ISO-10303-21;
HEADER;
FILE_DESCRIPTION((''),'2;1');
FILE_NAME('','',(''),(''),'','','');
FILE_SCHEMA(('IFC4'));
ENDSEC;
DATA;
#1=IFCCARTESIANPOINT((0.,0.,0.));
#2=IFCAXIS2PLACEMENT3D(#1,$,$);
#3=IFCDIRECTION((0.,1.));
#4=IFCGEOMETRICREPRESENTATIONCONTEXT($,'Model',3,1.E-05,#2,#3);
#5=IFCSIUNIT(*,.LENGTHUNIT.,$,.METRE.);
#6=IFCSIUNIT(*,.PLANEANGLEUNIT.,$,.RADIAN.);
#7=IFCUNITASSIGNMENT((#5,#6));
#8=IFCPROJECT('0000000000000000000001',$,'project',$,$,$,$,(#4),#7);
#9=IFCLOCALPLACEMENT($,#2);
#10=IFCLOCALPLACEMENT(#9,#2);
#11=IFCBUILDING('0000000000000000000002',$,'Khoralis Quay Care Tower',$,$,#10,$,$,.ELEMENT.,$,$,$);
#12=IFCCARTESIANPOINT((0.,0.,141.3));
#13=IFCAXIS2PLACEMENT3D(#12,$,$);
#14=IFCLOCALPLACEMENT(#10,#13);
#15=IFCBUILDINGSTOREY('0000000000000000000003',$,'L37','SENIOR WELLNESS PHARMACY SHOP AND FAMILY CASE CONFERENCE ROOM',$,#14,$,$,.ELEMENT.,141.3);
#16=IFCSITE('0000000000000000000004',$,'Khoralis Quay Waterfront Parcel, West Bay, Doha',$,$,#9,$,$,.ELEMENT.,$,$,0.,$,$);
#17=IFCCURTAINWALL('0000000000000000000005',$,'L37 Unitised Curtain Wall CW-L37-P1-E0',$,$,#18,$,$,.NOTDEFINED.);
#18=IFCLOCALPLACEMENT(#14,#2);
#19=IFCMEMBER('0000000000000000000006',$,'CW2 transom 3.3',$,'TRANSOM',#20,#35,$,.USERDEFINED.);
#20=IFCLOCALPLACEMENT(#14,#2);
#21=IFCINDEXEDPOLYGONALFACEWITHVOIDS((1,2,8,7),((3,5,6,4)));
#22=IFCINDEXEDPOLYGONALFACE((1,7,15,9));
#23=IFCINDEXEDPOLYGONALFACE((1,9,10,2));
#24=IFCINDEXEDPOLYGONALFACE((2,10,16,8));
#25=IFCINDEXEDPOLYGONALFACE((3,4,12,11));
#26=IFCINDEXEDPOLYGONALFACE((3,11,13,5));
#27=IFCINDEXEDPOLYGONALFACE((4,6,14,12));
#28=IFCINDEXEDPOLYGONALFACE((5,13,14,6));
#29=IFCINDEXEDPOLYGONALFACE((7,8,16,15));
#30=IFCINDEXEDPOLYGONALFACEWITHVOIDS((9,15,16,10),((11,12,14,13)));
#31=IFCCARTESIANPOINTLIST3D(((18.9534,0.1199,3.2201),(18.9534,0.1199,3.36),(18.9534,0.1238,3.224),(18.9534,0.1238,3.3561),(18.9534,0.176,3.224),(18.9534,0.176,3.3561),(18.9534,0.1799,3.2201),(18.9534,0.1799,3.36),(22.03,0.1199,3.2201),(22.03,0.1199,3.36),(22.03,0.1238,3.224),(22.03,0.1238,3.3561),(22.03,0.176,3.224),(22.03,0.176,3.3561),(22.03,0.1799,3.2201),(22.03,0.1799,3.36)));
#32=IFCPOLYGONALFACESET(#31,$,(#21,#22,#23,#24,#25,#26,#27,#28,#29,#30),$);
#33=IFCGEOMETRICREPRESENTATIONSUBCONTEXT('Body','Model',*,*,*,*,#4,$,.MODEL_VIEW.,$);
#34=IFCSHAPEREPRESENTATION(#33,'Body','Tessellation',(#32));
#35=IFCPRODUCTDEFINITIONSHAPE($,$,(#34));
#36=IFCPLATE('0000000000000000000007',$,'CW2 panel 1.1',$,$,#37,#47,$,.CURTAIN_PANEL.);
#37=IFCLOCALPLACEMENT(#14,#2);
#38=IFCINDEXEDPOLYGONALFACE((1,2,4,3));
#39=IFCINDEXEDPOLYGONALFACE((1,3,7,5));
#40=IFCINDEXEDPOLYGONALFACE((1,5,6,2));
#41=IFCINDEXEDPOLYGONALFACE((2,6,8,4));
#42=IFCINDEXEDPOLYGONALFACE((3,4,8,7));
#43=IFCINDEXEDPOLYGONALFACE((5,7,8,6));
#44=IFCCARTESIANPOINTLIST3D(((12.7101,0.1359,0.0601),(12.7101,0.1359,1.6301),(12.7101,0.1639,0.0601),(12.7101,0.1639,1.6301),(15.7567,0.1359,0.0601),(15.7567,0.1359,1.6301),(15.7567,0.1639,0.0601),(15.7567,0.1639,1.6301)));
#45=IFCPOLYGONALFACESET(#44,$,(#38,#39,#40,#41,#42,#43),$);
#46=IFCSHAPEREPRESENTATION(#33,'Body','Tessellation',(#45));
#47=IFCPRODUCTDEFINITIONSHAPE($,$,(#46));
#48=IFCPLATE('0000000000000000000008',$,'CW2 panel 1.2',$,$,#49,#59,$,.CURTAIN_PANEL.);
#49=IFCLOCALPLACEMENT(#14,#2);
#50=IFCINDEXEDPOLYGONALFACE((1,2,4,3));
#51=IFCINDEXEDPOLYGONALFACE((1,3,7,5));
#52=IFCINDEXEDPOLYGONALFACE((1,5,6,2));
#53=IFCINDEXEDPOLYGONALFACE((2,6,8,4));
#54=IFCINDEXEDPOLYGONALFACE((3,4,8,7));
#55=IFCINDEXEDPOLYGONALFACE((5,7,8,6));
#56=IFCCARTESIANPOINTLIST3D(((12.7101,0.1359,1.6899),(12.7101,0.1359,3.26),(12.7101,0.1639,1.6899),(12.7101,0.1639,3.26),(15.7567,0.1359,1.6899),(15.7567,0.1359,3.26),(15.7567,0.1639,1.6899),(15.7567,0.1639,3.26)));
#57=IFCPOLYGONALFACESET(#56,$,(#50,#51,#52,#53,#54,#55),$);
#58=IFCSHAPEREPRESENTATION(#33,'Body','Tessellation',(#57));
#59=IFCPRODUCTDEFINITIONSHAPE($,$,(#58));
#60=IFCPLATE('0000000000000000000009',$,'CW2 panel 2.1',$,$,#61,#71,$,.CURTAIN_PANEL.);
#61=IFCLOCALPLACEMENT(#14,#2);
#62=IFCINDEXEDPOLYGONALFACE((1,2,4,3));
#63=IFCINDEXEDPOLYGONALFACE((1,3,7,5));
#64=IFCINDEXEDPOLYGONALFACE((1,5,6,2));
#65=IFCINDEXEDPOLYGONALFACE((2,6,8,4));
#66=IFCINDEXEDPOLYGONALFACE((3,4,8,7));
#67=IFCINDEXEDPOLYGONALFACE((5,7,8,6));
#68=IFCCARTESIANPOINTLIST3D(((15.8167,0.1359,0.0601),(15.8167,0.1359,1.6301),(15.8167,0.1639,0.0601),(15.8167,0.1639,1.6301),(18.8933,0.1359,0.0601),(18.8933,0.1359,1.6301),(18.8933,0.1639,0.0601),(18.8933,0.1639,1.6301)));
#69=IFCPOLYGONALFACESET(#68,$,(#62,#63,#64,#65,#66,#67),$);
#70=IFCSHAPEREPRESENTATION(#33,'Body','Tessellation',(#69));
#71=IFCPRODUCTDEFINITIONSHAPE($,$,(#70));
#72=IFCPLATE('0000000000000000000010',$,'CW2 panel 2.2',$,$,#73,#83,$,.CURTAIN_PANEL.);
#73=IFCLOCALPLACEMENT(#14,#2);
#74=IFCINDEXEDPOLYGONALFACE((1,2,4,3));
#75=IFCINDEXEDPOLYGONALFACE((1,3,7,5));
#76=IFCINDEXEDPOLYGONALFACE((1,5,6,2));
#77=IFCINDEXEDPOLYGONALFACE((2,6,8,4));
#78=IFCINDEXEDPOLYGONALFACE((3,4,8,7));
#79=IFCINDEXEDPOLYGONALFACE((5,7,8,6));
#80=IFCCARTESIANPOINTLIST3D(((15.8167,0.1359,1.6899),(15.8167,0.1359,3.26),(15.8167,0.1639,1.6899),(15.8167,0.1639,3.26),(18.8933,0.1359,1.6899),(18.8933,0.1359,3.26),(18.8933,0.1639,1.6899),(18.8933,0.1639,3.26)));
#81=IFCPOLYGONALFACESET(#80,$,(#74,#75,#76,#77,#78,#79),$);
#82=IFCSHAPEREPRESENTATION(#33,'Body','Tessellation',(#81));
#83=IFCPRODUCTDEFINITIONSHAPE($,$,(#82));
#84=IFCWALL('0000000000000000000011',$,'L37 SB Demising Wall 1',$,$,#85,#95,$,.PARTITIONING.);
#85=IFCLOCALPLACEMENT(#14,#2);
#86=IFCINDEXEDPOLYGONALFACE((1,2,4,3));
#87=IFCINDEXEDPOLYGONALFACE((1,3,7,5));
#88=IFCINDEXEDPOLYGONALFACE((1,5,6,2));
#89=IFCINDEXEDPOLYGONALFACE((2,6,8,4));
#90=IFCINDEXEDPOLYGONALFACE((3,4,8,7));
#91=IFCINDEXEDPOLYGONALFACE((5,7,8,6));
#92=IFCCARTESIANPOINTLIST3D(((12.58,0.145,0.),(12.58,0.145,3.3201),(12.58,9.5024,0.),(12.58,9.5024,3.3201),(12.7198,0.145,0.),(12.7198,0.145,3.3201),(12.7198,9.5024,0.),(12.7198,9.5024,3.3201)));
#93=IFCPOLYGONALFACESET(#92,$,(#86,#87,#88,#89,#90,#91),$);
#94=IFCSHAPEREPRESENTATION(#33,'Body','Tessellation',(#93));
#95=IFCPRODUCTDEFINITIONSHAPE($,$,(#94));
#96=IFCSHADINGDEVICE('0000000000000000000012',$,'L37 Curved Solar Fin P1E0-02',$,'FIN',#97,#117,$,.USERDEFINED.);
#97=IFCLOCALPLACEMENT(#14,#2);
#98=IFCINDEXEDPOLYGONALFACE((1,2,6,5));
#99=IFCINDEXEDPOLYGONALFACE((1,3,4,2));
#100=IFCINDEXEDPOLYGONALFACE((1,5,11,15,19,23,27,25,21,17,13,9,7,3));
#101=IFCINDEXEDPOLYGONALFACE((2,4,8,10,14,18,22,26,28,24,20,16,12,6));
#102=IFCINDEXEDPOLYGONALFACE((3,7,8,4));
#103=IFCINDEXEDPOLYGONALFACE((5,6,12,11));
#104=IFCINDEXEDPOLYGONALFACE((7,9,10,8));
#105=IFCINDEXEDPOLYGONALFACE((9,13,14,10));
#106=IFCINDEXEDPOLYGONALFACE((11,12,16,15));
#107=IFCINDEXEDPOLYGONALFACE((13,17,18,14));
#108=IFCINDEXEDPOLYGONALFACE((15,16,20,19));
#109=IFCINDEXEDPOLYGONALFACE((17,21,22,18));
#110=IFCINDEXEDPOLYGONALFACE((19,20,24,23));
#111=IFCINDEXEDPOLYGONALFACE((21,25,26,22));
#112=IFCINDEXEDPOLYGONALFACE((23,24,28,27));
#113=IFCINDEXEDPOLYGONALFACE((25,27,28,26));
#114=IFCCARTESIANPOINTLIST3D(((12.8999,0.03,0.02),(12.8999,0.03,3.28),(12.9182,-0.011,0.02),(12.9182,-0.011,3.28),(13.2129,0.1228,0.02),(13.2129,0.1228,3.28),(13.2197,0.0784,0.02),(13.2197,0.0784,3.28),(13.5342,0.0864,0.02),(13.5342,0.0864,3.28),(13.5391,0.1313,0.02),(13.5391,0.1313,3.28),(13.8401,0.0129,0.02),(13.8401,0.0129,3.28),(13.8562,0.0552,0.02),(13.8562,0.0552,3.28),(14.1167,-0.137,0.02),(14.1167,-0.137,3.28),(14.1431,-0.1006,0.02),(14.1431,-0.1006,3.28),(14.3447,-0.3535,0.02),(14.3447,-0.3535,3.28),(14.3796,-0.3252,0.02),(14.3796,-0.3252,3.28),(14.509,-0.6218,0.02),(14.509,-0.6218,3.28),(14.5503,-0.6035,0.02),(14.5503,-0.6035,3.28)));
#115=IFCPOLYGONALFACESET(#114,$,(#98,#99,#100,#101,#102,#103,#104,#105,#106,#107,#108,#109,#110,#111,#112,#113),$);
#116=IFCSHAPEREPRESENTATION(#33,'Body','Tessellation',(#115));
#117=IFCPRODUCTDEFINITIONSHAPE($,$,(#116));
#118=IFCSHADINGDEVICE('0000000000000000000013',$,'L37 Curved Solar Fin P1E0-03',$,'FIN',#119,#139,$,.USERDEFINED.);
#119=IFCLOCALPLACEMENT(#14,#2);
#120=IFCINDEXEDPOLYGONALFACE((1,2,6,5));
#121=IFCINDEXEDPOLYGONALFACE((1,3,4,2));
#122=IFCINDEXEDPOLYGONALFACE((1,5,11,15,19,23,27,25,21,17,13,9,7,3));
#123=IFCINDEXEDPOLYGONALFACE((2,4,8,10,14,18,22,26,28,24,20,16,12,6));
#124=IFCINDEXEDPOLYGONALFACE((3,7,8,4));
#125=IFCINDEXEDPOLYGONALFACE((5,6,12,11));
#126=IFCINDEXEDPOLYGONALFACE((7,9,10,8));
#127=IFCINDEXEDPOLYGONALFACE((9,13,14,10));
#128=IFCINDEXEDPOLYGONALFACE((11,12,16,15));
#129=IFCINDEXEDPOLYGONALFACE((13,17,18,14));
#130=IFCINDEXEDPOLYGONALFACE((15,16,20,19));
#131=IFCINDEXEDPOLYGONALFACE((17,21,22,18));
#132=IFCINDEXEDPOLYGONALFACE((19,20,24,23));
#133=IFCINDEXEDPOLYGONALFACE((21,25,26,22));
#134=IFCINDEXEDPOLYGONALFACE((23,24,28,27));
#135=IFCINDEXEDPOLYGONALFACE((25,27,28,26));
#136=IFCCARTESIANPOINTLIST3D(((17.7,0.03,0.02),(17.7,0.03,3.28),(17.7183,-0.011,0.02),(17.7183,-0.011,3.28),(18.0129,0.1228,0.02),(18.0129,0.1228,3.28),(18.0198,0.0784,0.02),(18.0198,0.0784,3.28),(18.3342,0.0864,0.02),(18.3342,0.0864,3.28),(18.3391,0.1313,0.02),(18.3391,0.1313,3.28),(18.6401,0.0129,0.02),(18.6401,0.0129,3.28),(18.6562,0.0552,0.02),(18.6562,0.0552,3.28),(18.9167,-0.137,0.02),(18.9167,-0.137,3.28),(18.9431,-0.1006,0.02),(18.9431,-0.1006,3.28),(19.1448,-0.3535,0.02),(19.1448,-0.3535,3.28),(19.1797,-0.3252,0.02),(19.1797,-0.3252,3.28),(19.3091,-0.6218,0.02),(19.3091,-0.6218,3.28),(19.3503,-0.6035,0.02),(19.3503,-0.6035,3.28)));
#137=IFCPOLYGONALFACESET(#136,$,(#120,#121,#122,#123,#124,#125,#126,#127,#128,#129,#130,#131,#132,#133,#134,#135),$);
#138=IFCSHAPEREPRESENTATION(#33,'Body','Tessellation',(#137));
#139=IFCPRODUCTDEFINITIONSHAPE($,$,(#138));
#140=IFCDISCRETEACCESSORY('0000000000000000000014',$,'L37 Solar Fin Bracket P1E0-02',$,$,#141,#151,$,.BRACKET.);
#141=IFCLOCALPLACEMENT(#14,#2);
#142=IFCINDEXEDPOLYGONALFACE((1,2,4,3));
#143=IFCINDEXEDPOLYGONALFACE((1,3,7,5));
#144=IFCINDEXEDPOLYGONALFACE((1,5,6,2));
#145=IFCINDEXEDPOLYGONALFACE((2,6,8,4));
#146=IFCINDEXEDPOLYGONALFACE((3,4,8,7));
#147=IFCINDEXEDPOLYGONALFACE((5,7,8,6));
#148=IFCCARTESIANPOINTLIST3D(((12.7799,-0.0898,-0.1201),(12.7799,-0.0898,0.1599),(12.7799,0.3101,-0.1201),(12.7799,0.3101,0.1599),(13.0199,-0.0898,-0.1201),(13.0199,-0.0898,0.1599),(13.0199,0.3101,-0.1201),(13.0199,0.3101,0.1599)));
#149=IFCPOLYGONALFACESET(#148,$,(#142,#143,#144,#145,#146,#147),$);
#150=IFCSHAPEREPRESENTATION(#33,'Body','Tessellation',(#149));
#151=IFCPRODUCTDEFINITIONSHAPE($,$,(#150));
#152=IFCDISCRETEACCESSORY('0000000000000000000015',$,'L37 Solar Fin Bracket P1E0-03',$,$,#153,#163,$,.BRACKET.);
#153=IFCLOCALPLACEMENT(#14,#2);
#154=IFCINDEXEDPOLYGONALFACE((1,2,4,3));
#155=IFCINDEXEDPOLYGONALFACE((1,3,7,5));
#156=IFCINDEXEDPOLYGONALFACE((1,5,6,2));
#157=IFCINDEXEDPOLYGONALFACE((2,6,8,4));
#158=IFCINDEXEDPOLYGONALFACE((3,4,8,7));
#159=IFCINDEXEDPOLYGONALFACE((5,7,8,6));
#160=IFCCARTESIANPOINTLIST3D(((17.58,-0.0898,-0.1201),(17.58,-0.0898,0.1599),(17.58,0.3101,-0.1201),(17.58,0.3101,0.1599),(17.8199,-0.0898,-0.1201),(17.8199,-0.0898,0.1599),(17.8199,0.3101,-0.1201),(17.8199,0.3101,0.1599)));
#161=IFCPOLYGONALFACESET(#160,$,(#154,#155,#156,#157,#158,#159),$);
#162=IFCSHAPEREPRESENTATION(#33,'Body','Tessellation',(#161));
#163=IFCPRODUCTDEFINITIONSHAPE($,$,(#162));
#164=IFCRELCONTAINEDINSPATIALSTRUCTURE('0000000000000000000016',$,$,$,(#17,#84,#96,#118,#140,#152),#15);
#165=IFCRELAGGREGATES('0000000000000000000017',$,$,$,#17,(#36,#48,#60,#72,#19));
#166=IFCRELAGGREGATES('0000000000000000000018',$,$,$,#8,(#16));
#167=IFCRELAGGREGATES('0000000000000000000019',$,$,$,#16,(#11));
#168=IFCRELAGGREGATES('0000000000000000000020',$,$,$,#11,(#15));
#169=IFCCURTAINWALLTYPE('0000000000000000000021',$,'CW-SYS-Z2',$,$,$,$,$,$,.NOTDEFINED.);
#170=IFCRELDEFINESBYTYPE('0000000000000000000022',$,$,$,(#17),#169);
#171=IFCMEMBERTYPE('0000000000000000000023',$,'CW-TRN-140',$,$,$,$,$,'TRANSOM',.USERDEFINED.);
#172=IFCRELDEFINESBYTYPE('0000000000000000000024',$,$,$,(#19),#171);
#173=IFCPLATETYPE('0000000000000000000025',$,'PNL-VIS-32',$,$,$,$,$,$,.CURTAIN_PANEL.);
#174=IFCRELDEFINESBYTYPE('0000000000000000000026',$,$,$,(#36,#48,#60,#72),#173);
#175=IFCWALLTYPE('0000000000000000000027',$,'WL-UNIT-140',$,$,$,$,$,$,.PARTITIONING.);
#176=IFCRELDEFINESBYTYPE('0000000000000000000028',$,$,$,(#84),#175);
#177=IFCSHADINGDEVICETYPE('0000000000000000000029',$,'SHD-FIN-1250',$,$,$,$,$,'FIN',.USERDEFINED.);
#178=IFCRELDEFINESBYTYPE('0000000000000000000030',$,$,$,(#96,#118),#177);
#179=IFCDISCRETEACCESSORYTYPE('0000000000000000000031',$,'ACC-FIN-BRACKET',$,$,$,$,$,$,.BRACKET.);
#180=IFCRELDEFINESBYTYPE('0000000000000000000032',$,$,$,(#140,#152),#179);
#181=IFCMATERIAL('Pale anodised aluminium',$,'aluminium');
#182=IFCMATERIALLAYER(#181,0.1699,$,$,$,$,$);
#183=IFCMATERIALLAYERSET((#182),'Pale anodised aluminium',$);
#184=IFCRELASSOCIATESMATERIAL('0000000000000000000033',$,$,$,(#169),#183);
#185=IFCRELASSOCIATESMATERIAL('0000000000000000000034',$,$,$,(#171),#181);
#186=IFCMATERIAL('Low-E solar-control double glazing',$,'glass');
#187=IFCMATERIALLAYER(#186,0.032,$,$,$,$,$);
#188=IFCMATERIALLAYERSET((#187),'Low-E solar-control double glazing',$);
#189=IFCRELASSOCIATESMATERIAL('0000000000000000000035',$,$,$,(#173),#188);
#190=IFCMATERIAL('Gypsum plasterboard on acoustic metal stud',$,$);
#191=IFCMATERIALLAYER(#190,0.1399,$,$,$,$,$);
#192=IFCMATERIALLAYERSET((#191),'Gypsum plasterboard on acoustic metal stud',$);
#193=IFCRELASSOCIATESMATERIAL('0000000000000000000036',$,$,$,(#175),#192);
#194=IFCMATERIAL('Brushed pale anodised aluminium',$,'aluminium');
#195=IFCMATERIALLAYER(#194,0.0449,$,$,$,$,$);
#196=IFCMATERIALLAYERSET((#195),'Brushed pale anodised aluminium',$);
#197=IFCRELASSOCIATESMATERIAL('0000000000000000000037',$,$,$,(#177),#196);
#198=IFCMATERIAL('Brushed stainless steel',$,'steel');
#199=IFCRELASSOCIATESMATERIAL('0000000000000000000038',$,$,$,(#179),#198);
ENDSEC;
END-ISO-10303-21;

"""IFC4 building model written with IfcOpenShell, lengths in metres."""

from ifc_helpers import new_model, si_unit, direction, frame, frame_2d, origin, origin_2d, place, context, subcontext, project, spatial, polyline, rectangle, hollow_rectangle, outline, extrude, source, transform, mapped, material, layer, layer_set, material_profile, profile_set, type_object, element, aggregate, save


model = new_model("IFC4")

# Units and contexts
model_context = context("Model", 3, precision=1e-05, world=origin(), true_north=direction((0.0, 1.0)))
body_context = subcontext(model_context, "Body", "Model", "MODEL_VIEW")
ifc_project = project(units=[si_unit("LENGTHUNIT", "METRE"), si_unit("PLANEANGLEUNIT", "RADIAN")], contexts=[model_context])

# Site, building, storey
site_placement = place(None, origin())
site = spatial("IfcSite", under=ifc_project, at=site_placement, Name="Khoralis Quay Waterfront Parcel, West Bay, Doha", CompositionType="ELEMENT", RefElevation=0.0)
building_placement = place(site_placement, origin())
building = spatial("IfcBuilding", under=site, at=building_placement, Name="Khoralis Quay Care Tower", CompositionType="ELEMENT")
storey_placement = place(building_placement, frame((0.0, 0.0, 141.3)))
storey = spatial("IfcBuildingStorey", under=building, at=storey_placement, Name="L37", Description="SENIOR WELLNESS PHARMACY SHOP AND FAMILY CASE CONFERENCE ROOM", CompositionType="ELEMENT", Elevation=141.3)

# Curtain wall, member, plates
ifc_material_1 = material(Name="Pale anodised aluminium", Category="aluminium")
ifc_layer_1 = layer(ifc_material_1, 0.1699)
ifc_layer_set_1 = layer_set([ifc_layer_1], Name="Pale anodised aluminium")
curtain_wall_type = type_object("IfcCurtainWallType", Name="CW-SYS-Z2", PredefinedType="NOTDEFINED", material=ifc_layer_set_1)
curtain_wall_placement = place(storey_placement, origin())
curtain_wall = element("IfcCurtainWall", 1, at=curtain_wall_placement, inside=storey, type_object=curtain_wall_type, Name="L37 Unitised Curtain Wall CW-L37-P1-E0", PredefinedType="NOTDEFINED")
ifc_material_profile_1 = material_profile(ifc_material_1, hollow_rectangle(XDim=0.0601, YDim=0.1399, WallThickness=0.0039, at=origin_2d()), Name="Pale anodised aluminium")
ifc_profile_set_1 = profile_set([ifc_material_profile_1], Name="Pale anodised aluminium")
member_type_1 = type_object("IfcMemberType", Name="CW-TRN-140", ElementType="TRANSOM", PredefinedType="USERDEFINED", material=ifc_profile_set_1)
shared_shape_1 = source(origin(), body_context, "Body", "SweptSolid", [
    extrude(hollow_rectangle(XDim=0.0601, YDim=0.1399, WallThickness=0.0039, at=origin_2d()), origin(), (0.0, 0.0, 1.0), 3.0767),
])
member_1_placement = place(storey_placement, frame((18.9534, 0.1499, 3.29), z_axis=(1.0, 0.0, 0.0), x_axis=(0.0, 1.0, 0.0)))
member_1 = element("IfcMember", 2, at=member_1_placement, type_object=member_type_1, Name="CW2 transom 3.3", ObjectType="TRANSOM", PredefinedType="USERDEFINED", context=body_context, shape_type="MappedRepresentation", body=[
    mapped(shared_shape_1, transform((0.0, 0.0, 0.0), scale=1.0)),
])
ifc_material_2 = material(Name="Low-E solar-control double glazing", Category="glass")
ifc_layer_2 = layer(ifc_material_2, 0.032)
ifc_layer_set_2 = layer_set([ifc_layer_2], Name="Low-E solar-control double glazing")
plate_type = type_object("IfcPlateType", Name="PNL-VIS-32", PredefinedType="CURTAIN_PANEL", material=ifc_layer_set_2)
shared_shape_2 = source(origin(), body_context, "Body", "SweptSolid", [
    extrude(rectangle(XDim=3.0466, YDim=0.0281, at=origin_2d()), origin(), (0.0, 0.0, 1.0), 1.5701),
])
plate_1_placement = place(storey_placement, frame((14.2334, 0.1499, 0.0601), z_axis=(0.0, 0.0, 1.0), x_axis=(1.0, 0.0, 0.0)))
plate_1 = element("IfcPlate", 3, at=plate_1_placement, type_object=plate_type, Name="CW2 panel 1.1", PredefinedType="CURTAIN_PANEL", context=body_context, shape_type="MappedRepresentation", body=[
    mapped(shared_shape_2, transform((0.0, 0.0, 0.0), scale=1.0)),
])
plate_2_placement = place(storey_placement, frame((14.2334, 0.1499, 1.6899), z_axis=(0.0, 0.0, 1.0), x_axis=(1.0, 0.0, 0.0)))
plate_2 = element("IfcPlate", 4, at=plate_2_placement, type_object=plate_type, Name="CW2 panel 1.2", PredefinedType="CURTAIN_PANEL", context=body_context, shape_type="MappedRepresentation", body=[
    mapped(shared_shape_2, transform((0.0, 0.0, 0.0), scale=1.0)),
])
shared_shape_3 = source(origin(), body_context, "Body", "SweptSolid", [
    extrude(rectangle(XDim=3.0767, YDim=0.0281, at=origin_2d()), origin(), (0.0, 0.0, 1.0), 1.5701),
])
plate_3_placement = place(storey_placement, frame((17.355, 0.1499, 0.0601), z_axis=(0.0, 0.0, 1.0), x_axis=(1.0, 0.0, 0.0)))
plate_3 = element("IfcPlate", 5, at=plate_3_placement, type_object=plate_type, Name="CW2 panel 2.1", PredefinedType="CURTAIN_PANEL", context=body_context, shape_type="MappedRepresentation", body=[
    mapped(shared_shape_3, transform((0.0, 0.0, 0.0), scale=1.0)),
])
plate_4_placement = place(storey_placement, frame((17.355, 0.1499, 1.6899), z_axis=(0.0, 0.0, 1.0), x_axis=(1.0, 0.0, 0.0)))
plate_4 = element("IfcPlate", 6, at=plate_4_placement, type_object=plate_type, Name="CW2 panel 2.2", PredefinedType="CURTAIN_PANEL", context=body_context, shape_type="MappedRepresentation", body=[
    mapped(shared_shape_3, transform((0.0, 0.0, 0.0), scale=1.0)),
])
aggregate(curtain_wall, [plate_1, plate_2, plate_3, plate_4, member_1])

# Wall
ifc_material_3 = material(Name="Gypsum plasterboard on acoustic metal stud")
ifc_layer_3 = layer(ifc_material_3, 0.1399)
ifc_layer_set_3 = layer_set([ifc_layer_3], Name="Gypsum plasterboard on acoustic metal stud")
wall_type = type_object("IfcWallType", Name="WL-UNIT-140", PredefinedType="PARTITIONING", material=ifc_layer_set_3)
wall_placement = place(storey_placement, frame((12.6499, 0.145, 0.0), z_axis=(0.0, 0.0, 1.0), x_axis=(0.0, 1.0, 0.0)))
element("IfcWall", 7, at=wall_placement, inside=storey, type_object=wall_type, Name="L37 SB Demising Wall 1", PredefinedType="PARTITIONING", context=body_context, shape_type="SweptSolid", body=[
    extrude(rectangle(XDim=9.3574, YDim=0.1399, at=frame_2d((4.6787, 0.0))), origin(), (0.0, 0.0, 1.0), 3.3201),
])

# Shading devices
ifc_material_4 = material(Name="Brushed pale anodised aluminium", Category="aluminium")
ifc_layer_4 = layer(ifc_material_4, 0.0449)
ifc_layer_set_4 = layer_set([ifc_layer_4], Name="Brushed pale anodised aluminium")
shading_device_type = type_object("IfcShadingDeviceType", Name="SHD-FIN-1250", ElementType="FIN", PredefinedType="USERDEFINED", material=ifc_layer_set_4)
shared_shape_4 = source(origin(), body_context, "Body", "SweptSolid", [
    extrude(outline(polyline([(0.0, 0.0), (-0.0928, 0.313), (-0.1013, 0.6392), (-0.0251, 0.9563), (0.1306, 1.2432), (0.3552, 1.4797), (0.6335, 1.6504), (0.6519, 1.6091), (0.3835, 1.4448), (0.167, 1.2168), (0.0171, 0.9402), (-0.0564, 0.6343), (-0.0483, 0.3198), (0.041, 0.0183), (0.0, 0.0)])), origin(), (0.0, 0.0, 1.0), 3.26),
])
for number, where, z_axis, x_axis, name in (
    (8, (12.8999, 0.03, 0.02), (0.0, 0.0, 1.0), (0.0, -1.0, 0.0), "L37 Curved Solar Fin P1E0-02"),
    (9, (17.7, 0.03, 0.02), (0.0, 0.0, 1.0), (0.0, -1.0, 0.0), "L37 Curved Solar Fin P1E0-03"),
):
    element("IfcShadingDevice", number, at=place(storey_placement, frame(where, z_axis=z_axis, x_axis=x_axis)), inside=storey, type_object=shading_device_type, Name=name, ObjectType="FIN", PredefinedType="USERDEFINED", context=body_context, shape_type="MappedRepresentation", body=[
        mapped(shared_shape_4, transform((0.0, 0.0, 0.0), scale=1.0)),
    ])

# Discrete accessories
ifc_material_5 = material(Name="Brushed stainless steel", Category="steel")
discrete_accessory_type = type_object("IfcDiscreteAccessoryType", Name="ACC-FIN-BRACKET", PredefinedType="BRACKET", material=ifc_material_5)
shared_shape_5 = source(origin(), body_context, "Body", "SweptSolid", [
    extrude(rectangle(XDim=0.3999, YDim=0.24, at=origin_2d()), origin(), (0.0, 0.0, 1.0), 0.28),
])
for number, where, z_axis, x_axis, name in (
    (10, (12.8999, 0.1101, -0.1201), (0.0, 0.0, 1.0), (0.0, -1.0, 0.0), "L37 Solar Fin Bracket P1E0-02"),
    (11, (17.7, 0.1101, -0.1201), (0.0, 0.0, 1.0), (0.0, -1.0, 0.0), "L37 Solar Fin Bracket P1E0-03"),
):
    element("IfcDiscreteAccessory", number, at=place(storey_placement, frame(where, z_axis=z_axis, x_axis=x_axis)), inside=storey, type_object=discrete_accessory_type, Name=name, PredefinedType="BRACKET", context=body_context, shape_type="MappedRepresentation", body=[
        mapped(shared_shape_5, transform((0.0, 0.0, 0.0), scale=1.0)),
    ])

save(model, "model.ifc")
